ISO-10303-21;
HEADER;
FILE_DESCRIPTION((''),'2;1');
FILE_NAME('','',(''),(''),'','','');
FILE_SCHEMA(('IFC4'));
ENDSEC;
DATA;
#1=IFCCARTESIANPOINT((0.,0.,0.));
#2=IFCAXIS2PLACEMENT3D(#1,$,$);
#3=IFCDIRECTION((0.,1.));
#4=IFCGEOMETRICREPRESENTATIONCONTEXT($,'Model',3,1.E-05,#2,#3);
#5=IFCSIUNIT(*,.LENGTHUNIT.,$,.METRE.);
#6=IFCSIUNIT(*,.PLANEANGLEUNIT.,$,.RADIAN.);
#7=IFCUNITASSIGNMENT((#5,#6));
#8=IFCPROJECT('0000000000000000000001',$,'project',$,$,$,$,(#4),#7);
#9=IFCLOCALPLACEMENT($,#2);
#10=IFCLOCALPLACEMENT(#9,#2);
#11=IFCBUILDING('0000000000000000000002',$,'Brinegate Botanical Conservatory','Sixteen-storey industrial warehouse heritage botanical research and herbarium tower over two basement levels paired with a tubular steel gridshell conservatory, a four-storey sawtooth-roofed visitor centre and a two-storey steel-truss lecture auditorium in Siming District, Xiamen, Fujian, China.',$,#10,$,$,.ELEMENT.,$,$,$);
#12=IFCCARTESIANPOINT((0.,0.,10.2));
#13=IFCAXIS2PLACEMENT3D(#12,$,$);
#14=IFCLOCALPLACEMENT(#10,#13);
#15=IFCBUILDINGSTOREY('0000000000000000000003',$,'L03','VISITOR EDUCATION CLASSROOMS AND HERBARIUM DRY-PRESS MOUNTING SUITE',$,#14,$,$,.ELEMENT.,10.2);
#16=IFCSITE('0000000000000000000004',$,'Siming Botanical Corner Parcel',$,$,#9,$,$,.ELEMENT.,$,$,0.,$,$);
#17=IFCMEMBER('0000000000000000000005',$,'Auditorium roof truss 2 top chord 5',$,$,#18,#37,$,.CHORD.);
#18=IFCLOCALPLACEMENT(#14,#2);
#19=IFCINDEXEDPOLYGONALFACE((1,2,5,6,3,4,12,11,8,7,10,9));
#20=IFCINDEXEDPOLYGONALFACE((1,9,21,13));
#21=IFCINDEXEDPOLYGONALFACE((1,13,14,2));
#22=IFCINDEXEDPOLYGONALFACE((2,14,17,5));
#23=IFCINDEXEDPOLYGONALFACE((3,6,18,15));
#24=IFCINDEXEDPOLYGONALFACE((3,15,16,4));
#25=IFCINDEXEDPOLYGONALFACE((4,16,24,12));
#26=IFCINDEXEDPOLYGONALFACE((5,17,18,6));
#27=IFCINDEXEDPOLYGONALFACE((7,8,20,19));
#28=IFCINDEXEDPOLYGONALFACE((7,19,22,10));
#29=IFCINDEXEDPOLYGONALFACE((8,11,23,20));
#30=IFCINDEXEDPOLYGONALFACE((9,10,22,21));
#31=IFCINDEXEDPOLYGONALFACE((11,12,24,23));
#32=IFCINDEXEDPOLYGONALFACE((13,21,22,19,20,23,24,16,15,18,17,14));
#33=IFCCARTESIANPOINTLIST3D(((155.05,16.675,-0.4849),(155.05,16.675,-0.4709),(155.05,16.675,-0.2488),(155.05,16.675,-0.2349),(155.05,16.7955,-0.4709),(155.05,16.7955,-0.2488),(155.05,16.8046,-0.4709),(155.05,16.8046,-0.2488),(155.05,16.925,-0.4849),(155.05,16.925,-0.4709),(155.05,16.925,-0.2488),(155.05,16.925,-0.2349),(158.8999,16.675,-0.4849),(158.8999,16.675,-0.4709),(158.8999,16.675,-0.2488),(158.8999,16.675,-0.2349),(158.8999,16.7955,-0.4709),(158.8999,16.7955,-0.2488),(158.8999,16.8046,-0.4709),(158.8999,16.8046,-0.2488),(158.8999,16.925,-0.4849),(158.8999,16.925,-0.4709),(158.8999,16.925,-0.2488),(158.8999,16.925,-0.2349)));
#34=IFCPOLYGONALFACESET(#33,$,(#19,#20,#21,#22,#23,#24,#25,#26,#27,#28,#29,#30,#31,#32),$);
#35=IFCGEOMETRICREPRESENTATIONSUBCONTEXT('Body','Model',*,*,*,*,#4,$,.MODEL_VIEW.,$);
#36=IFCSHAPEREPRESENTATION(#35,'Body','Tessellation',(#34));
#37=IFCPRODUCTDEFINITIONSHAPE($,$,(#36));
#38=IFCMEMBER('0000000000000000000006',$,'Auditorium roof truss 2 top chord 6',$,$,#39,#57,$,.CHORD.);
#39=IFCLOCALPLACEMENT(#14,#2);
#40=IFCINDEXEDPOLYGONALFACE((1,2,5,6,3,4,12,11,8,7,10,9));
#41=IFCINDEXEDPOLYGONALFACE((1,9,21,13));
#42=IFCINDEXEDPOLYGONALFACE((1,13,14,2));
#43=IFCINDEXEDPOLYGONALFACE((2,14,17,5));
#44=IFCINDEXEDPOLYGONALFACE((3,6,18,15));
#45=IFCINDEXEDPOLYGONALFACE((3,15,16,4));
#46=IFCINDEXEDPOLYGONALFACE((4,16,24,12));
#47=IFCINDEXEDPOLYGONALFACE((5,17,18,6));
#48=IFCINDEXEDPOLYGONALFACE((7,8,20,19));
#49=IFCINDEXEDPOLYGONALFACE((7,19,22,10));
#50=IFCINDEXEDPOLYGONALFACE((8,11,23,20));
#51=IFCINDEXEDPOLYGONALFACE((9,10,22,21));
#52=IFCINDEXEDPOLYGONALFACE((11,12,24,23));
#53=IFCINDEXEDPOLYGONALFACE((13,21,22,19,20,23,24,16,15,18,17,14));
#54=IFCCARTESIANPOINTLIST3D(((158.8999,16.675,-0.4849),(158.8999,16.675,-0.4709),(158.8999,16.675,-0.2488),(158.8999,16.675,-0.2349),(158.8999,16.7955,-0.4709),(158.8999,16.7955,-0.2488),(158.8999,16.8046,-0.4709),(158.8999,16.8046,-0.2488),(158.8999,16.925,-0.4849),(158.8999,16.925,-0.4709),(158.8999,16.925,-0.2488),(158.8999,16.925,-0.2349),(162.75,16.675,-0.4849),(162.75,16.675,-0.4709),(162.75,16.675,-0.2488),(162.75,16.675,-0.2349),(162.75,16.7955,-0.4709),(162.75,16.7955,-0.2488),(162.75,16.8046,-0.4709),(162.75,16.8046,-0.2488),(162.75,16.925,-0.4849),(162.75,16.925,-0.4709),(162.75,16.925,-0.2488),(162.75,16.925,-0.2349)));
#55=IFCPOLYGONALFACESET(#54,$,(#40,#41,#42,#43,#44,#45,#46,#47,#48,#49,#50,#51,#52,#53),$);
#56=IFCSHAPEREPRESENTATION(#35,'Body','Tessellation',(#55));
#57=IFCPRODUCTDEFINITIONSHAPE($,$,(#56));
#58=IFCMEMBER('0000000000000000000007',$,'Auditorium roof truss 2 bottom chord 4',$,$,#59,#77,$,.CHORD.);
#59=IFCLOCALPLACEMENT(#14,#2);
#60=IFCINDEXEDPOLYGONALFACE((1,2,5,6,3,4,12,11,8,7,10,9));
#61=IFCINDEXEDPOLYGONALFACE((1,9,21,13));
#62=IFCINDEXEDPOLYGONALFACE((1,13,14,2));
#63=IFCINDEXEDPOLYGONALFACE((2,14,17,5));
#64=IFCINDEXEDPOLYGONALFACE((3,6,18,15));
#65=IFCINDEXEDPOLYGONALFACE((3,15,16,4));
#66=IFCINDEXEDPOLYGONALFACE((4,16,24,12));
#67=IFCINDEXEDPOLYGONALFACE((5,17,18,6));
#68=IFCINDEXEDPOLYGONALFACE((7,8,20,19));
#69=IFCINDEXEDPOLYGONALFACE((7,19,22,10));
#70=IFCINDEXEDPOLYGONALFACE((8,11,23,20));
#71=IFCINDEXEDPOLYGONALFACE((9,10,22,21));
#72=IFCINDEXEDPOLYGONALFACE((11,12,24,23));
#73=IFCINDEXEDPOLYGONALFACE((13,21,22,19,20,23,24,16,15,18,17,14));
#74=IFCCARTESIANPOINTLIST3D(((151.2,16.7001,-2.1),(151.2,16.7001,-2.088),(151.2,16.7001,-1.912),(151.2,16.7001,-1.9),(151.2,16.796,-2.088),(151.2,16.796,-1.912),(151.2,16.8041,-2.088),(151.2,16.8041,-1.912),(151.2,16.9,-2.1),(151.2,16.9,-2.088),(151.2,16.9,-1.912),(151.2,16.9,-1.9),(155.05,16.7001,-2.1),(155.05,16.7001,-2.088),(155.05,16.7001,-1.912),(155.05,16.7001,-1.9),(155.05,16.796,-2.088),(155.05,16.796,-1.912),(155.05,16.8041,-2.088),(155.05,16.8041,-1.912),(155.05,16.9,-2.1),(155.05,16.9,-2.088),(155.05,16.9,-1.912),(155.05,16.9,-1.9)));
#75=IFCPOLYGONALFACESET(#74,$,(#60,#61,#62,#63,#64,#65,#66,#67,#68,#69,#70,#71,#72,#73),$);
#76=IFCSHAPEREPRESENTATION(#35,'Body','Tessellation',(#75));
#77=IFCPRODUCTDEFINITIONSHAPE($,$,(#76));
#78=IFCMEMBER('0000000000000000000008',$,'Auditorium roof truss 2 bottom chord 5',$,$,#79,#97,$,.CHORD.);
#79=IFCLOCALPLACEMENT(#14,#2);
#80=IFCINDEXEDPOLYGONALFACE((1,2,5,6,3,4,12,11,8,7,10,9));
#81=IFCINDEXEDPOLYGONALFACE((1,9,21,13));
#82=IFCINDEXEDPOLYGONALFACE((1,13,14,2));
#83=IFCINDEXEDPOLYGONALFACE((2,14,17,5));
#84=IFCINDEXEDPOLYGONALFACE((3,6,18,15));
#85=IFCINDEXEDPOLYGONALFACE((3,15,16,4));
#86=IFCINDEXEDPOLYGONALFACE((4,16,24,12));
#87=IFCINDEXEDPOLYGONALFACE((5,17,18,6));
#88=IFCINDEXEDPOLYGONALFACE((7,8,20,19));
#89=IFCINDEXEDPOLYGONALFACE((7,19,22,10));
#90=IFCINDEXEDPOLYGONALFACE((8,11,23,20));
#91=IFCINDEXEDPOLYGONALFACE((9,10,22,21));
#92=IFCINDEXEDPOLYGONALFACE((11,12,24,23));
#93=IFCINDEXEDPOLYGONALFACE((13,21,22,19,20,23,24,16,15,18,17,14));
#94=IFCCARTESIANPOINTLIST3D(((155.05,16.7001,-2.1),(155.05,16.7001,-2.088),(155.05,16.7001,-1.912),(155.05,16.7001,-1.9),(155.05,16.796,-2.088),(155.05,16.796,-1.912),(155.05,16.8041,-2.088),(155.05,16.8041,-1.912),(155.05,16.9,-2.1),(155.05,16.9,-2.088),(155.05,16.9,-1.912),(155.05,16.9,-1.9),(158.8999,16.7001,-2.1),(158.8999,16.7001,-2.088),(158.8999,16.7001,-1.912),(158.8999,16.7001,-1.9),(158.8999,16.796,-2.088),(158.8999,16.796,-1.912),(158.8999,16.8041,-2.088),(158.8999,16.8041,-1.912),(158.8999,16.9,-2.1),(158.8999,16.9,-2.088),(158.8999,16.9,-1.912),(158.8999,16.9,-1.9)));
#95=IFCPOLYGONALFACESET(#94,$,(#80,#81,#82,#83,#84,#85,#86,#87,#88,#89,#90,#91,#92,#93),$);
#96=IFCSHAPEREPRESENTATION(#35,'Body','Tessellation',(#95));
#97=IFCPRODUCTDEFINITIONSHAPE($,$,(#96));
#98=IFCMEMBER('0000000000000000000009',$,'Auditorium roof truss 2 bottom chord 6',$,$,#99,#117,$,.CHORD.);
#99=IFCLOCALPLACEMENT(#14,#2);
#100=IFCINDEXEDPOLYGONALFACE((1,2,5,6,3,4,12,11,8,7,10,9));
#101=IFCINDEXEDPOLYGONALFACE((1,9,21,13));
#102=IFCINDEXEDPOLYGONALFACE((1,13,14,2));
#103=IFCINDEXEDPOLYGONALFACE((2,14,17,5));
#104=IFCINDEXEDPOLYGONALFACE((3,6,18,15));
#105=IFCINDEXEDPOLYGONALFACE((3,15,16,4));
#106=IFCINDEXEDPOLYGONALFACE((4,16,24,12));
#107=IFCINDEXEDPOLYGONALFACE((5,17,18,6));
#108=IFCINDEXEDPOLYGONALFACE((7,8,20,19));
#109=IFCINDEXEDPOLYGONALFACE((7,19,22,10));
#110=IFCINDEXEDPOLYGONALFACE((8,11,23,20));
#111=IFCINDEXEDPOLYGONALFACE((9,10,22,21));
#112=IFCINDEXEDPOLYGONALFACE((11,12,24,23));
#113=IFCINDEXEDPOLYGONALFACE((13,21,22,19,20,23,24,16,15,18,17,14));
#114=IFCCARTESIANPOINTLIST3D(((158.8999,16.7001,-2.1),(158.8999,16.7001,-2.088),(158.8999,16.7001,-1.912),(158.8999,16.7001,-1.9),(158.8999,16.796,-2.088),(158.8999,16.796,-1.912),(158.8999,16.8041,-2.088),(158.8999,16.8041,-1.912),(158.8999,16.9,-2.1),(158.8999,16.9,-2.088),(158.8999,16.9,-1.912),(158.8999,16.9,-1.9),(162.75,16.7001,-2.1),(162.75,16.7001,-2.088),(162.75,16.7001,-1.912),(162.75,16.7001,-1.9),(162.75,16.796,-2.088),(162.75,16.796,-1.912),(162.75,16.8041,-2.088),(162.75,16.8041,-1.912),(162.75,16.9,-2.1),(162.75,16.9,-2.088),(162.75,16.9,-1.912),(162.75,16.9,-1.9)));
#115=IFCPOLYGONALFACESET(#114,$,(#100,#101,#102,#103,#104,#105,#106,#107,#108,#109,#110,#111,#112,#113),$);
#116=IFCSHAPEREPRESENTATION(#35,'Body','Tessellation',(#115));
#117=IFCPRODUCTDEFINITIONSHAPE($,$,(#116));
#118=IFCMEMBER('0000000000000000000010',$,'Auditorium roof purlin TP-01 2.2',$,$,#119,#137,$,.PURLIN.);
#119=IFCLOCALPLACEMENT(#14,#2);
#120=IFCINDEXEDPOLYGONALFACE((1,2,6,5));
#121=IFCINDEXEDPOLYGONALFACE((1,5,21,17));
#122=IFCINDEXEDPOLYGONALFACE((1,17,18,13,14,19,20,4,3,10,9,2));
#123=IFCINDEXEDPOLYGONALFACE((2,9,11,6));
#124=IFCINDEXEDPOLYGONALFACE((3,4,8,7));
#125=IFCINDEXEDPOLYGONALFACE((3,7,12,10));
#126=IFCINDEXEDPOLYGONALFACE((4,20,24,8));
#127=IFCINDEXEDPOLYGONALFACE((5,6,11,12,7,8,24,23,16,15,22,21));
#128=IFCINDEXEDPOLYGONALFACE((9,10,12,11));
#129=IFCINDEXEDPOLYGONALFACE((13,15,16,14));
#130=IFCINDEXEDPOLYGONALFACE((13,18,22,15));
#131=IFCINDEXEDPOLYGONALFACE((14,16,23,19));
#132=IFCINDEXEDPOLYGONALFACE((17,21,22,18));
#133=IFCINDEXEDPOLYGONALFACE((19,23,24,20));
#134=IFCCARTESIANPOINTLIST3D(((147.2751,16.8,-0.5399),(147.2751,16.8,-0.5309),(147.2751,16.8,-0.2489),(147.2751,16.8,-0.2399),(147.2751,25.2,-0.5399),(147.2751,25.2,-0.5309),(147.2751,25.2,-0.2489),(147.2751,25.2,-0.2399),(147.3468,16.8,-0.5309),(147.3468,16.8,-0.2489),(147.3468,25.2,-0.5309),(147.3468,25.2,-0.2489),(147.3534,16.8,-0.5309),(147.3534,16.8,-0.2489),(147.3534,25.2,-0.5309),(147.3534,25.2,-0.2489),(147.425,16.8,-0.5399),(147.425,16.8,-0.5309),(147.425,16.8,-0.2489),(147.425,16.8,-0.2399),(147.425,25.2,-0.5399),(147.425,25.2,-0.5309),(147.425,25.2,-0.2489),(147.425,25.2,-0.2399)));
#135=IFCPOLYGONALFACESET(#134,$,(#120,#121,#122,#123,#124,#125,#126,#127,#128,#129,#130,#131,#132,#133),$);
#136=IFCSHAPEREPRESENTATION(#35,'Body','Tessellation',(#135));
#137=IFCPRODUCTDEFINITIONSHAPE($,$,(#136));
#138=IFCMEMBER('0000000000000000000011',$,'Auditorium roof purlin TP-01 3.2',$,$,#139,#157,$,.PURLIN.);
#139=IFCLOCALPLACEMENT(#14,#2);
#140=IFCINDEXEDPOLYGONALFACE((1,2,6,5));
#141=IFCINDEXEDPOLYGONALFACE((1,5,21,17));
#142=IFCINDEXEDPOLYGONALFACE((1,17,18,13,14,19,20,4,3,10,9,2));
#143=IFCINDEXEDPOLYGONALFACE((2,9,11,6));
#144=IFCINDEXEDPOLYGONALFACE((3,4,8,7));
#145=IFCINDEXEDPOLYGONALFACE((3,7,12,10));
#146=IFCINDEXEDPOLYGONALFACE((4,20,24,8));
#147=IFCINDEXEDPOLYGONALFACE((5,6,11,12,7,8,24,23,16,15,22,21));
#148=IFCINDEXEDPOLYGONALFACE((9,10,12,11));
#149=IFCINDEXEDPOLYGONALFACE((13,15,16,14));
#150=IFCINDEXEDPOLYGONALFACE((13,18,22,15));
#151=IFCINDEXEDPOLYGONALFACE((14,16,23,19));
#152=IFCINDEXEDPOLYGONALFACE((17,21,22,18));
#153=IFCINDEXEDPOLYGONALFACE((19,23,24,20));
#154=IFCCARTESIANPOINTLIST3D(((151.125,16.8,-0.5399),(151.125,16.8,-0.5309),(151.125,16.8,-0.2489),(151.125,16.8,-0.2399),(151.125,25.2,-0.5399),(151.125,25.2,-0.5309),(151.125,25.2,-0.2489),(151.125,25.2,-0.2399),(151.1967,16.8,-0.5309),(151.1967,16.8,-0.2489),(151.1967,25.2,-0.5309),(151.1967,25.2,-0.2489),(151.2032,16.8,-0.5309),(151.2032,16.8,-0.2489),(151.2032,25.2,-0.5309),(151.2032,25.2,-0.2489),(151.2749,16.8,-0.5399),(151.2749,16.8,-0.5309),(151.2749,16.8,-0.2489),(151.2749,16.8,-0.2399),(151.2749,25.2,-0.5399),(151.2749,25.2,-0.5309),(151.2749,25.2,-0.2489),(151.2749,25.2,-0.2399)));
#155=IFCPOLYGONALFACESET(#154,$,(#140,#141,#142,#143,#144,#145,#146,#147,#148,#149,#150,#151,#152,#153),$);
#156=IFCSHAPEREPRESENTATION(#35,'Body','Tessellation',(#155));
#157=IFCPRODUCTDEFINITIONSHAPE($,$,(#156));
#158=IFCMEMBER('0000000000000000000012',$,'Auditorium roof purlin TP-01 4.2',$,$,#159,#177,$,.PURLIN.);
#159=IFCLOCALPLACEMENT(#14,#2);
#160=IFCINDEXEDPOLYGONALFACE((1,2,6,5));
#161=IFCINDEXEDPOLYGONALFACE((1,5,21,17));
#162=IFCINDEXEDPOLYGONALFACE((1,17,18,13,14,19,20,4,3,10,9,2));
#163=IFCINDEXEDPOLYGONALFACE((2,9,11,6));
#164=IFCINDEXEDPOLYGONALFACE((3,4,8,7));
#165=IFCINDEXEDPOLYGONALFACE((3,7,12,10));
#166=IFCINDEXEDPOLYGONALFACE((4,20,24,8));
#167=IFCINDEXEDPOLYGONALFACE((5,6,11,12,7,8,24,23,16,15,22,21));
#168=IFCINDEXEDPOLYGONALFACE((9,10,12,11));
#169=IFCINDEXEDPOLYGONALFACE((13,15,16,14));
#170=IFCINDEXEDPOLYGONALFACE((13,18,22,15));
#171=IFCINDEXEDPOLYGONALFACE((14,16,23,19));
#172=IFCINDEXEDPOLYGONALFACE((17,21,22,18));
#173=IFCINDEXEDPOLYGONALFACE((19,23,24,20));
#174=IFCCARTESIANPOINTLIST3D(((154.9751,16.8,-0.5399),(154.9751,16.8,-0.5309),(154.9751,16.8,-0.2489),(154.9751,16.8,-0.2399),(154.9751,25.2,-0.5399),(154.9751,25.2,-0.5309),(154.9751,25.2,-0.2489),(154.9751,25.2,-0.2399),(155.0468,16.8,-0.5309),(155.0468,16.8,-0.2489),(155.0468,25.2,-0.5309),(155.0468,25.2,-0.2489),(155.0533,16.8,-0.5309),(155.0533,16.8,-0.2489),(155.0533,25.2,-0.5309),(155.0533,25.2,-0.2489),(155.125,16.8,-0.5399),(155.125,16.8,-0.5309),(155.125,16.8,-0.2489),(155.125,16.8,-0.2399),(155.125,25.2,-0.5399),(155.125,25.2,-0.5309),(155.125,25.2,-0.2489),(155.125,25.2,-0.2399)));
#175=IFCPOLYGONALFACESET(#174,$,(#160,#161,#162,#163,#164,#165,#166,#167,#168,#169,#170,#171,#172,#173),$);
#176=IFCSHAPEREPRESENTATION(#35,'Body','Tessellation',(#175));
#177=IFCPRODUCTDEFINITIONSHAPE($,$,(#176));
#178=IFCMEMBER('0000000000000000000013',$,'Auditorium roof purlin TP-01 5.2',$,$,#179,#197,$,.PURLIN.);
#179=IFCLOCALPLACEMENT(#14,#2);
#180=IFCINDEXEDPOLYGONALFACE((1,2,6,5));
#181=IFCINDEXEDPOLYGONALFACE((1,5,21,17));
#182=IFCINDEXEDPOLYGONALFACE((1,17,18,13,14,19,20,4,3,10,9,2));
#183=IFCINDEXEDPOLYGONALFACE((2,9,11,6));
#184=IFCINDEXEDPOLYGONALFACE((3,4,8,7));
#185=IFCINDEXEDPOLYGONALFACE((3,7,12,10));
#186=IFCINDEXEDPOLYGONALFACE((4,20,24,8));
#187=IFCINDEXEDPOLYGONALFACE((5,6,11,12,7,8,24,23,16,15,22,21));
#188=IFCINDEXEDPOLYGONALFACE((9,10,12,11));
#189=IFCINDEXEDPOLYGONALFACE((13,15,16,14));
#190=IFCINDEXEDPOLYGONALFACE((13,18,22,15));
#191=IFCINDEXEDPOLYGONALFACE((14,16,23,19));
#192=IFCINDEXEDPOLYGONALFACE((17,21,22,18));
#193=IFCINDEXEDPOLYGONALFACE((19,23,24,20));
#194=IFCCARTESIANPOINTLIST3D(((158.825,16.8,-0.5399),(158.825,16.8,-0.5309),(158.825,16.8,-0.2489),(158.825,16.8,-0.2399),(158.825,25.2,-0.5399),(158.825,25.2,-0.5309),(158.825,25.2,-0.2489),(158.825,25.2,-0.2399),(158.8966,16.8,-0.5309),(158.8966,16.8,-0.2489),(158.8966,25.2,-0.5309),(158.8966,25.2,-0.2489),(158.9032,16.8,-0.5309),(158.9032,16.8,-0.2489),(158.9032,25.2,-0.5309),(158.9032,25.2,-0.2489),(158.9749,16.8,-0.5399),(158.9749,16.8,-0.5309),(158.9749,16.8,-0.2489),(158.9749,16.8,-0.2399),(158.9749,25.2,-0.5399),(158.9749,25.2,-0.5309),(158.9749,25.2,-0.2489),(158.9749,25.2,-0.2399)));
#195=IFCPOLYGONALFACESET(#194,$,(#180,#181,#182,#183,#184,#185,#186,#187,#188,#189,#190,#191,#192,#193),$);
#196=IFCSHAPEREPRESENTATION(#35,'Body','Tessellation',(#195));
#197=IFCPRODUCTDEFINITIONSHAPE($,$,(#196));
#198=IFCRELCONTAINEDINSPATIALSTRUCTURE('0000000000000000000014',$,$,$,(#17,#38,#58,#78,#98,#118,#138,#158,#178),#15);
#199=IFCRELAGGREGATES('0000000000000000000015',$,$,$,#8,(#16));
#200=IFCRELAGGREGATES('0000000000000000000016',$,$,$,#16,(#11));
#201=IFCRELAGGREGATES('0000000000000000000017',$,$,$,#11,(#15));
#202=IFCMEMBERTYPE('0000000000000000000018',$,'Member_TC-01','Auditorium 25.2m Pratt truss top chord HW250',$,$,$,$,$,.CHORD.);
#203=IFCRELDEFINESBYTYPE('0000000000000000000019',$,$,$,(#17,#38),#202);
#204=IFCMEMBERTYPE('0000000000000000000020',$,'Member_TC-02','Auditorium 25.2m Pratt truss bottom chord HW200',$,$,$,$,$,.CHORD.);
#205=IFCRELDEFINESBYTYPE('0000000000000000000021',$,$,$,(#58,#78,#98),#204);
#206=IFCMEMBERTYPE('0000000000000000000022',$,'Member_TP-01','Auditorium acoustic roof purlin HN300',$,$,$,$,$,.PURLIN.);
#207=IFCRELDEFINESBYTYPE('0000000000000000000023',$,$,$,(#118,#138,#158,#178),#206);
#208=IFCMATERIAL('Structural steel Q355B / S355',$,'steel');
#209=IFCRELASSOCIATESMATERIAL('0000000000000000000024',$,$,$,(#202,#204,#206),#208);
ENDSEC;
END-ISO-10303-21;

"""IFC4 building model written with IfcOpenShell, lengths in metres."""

from ifc_helpers import new_model, si_unit, direction, frame, origin, origin_2d, place, context, subcontext, project, spatial, i_section, extrude, material, material_profile, profile_set, type_object, element, save


model = new_model("IFC4")

# Units and contexts
model_context = context("Model", 3, precision=1e-05, world=origin(), true_north=direction((0.0, 1.0)))
body_context = subcontext(model_context, "Body", "Model", "MODEL_VIEW")
ifc_project = project(units=[si_unit("LENGTHUNIT", "METRE"), si_unit("PLANEANGLEUNIT", "RADIAN")], contexts=[model_context])

# Site, building, storey
site_placement = place(None, origin())
site = spatial("IfcSite", under=ifc_project, at=site_placement, Name="Siming Botanical Corner Parcel", CompositionType="ELEMENT", RefElevation=0.0)
building_placement = place(site_placement, origin())
building = spatial("IfcBuilding", under=site, at=building_placement, Name="Brinegate Botanical Conservatory", Description="Sixteen-storey industrial warehouse heritage botanical research and herbarium tower over two basement levels paired with a tubular steel gridshell conservatory, a four-storey sawtooth-roofed visitor centre and a two-storey steel-truss lecture auditorium in Siming District, Xiamen, Fujian, China.", CompositionType="ELEMENT")
storey_placement = place(building_placement, frame((0.0, 0.0, 10.2)))
storey = spatial("IfcBuildingStorey", under=building, at=storey_placement, Name="L03", Description="VISITOR EDUCATION CLASSROOMS AND HERBARIUM DRY-PRESS MOUNTING SUITE", CompositionType="ELEMENT", Elevation=10.2)

# Members
ifc_material_1 = material(Name="Structural steel Q355B / S355", Category="steel")
ifc_material_profile_1 = material_profile(ifc_material_1, i_section(OverallWidth=0.25, OverallDepth=0.25, WebThickness=0.009, FlangeThickness=0.0139, at=origin_2d()), Name="HW 250x250x9x14")
ifc_profile_set_1 = profile_set([ifc_material_profile_1], Name="Structural steel Q355B / S355")
member_type_1 = type_object("IfcMemberType", Name="Member_TC-01", Description="Auditorium 25.2m Pratt truss top chord HW250", PredefinedType="CHORD", material=ifc_profile_set_1)
member_1_placement = place(storey_placement, frame((155.05, 16.8, -0.3599), z_axis=(1.0, 0.0, 0.0), x_axis=(0.0, 1.0, 0.0)))
element("IfcMember", 1, at=member_1_placement, inside=storey, type_object=member_type_1, Name="Auditorium roof truss 2 top chord 5", PredefinedType="CHORD", context=body_context, shape_type="SweptSolid", body=[
    extrude(i_section(OverallWidth=0.25, OverallDepth=0.25, WebThickness=0.009, FlangeThickness=0.0139, at=origin_2d()), origin(), (0.0, 0.0, 1.0), 3.8499),
])
member_2_placement = place(storey_placement, frame((158.8999, 16.8, -0.3599), z_axis=(1.0, 0.0, 0.0), x_axis=(0.0, 1.0, 0.0)))
element("IfcMember", 2, at=member_2_placement, inside=storey, type_object=member_type_1, Name="Auditorium roof truss 2 top chord 6", PredefinedType="CHORD", context=body_context, shape_type="SweptSolid", body=[
    extrude(i_section(OverallWidth=0.25, OverallDepth=0.25, WebThickness=0.009, FlangeThickness=0.0139, at=origin_2d()), origin(), (0.0, 0.0, 1.0), 3.8501),
])
ifc_material_profile_2 = material_profile(ifc_material_1, i_section(OverallWidth=0.2, OverallDepth=0.2, WebThickness=0.0081, FlangeThickness=0.012, at=origin_2d()), Name="HW 200x200x8x12")
ifc_profile_set_2 = profile_set([ifc_material_profile_2], Name="Structural steel Q355B / S355")
member_type_2 = type_object("IfcMemberType", Name="Member_TC-02", Description="Auditorium 25.2m Pratt truss bottom chord HW200", PredefinedType="CHORD", material=ifc_profile_set_2)
member_3_placement = place(storey_placement, frame((151.2, 16.8, -2.0), z_axis=(1.0, 0.0, 0.0), x_axis=(0.0, 1.0, 0.0)))
element("IfcMember", 3, at=member_3_placement, inside=storey, type_object=member_type_2, Name="Auditorium roof truss 2 bottom chord 4", PredefinedType="CHORD", context=body_context, shape_type="SweptSolid", body=[
    extrude(i_section(OverallWidth=0.2, OverallDepth=0.2, WebThickness=0.0081, FlangeThickness=0.012, at=origin_2d()), origin(), (0.0, 0.0, 1.0), 3.8501),
])
member_4_placement = place(storey_placement, frame((155.05, 16.8, -2.0), z_axis=(1.0, 0.0, 0.0), x_axis=(0.0, 1.0, 0.0)))
element("IfcMember", 4, at=member_4_placement, inside=storey, type_object=member_type_2, Name="Auditorium roof truss 2 bottom chord 5", PredefinedType="CHORD", context=body_context, shape_type="SweptSolid", body=[
    extrude(i_section(OverallWidth=0.2, OverallDepth=0.2, WebThickness=0.0081, FlangeThickness=0.012, at=origin_2d()), origin(), (0.0, 0.0, 1.0), 3.8499),
])
member_5_placement = place(storey_placement, frame((158.8999, 16.8, -2.0), z_axis=(1.0, 0.0, 0.0), x_axis=(0.0, 1.0, 0.0)))
element("IfcMember", 5, at=member_5_placement, inside=storey, type_object=member_type_2, Name="Auditorium roof truss 2 bottom chord 6", PredefinedType="CHORD", context=body_context, shape_type="SweptSolid", body=[
    extrude(i_section(OverallWidth=0.2, OverallDepth=0.2, WebThickness=0.0081, FlangeThickness=0.012, at=origin_2d()), origin(), (0.0, 0.0, 1.0), 3.8501),
])
ifc_material_profile_3 = material_profile(ifc_material_1, i_section(OverallWidth=0.1499, OverallDepth=0.3, WebThickness=0.0066, FlangeThickness=0.009, at=origin_2d()), Name="HN 300x150x6.5x9")
ifc_profile_set_3 = profile_set([ifc_material_profile_3], Name="Structural steel Q355B / S355")
member_type_3 = type_object("IfcMemberType", Name="Member_TP-01", Description="Auditorium acoustic roof purlin HN300", PredefinedType="PURLIN", material=ifc_profile_set_3)
for number, where, z_axis, x_axis, name in (
    (6, (147.3501, 16.8, -0.3899), (0.0, 1.0, 0.0), (-1.0, 0.0, 0.0), "Auditorium roof purlin TP-01 2.2"),
    (7, (151.2, 16.8, -0.3899), (0.0, 1.0, 0.0), (-1.0, 0.0, 0.0), "Auditorium roof purlin TP-01 3.2"),
    (8, (155.05, 16.8, -0.3899), (0.0, 1.0, 0.0), (-1.0, 0.0, 0.0), "Auditorium roof purlin TP-01 4.2"),
    (9, (158.8999, 16.8, -0.3899), (0.0, 1.0, 0.0), (-1.0, 0.0, 0.0), "Auditorium roof purlin TP-01 5.2"),
):
    element("IfcMember", number, at=place(storey_placement, frame(where, z_axis=z_axis, x_axis=x_axis)), inside=storey, type_object=member_type_3, Name=name, PredefinedType="PURLIN", context=body_context, shape_type="SweptSolid", body=[
        extrude(i_section(OverallWidth=0.1499, OverallDepth=0.3, WebThickness=0.0066, FlangeThickness=0.009, at=origin_2d()), origin(), (0.0, 0.0, 1.0), 8.3999),
    ])

save(model, "model.ifc")
